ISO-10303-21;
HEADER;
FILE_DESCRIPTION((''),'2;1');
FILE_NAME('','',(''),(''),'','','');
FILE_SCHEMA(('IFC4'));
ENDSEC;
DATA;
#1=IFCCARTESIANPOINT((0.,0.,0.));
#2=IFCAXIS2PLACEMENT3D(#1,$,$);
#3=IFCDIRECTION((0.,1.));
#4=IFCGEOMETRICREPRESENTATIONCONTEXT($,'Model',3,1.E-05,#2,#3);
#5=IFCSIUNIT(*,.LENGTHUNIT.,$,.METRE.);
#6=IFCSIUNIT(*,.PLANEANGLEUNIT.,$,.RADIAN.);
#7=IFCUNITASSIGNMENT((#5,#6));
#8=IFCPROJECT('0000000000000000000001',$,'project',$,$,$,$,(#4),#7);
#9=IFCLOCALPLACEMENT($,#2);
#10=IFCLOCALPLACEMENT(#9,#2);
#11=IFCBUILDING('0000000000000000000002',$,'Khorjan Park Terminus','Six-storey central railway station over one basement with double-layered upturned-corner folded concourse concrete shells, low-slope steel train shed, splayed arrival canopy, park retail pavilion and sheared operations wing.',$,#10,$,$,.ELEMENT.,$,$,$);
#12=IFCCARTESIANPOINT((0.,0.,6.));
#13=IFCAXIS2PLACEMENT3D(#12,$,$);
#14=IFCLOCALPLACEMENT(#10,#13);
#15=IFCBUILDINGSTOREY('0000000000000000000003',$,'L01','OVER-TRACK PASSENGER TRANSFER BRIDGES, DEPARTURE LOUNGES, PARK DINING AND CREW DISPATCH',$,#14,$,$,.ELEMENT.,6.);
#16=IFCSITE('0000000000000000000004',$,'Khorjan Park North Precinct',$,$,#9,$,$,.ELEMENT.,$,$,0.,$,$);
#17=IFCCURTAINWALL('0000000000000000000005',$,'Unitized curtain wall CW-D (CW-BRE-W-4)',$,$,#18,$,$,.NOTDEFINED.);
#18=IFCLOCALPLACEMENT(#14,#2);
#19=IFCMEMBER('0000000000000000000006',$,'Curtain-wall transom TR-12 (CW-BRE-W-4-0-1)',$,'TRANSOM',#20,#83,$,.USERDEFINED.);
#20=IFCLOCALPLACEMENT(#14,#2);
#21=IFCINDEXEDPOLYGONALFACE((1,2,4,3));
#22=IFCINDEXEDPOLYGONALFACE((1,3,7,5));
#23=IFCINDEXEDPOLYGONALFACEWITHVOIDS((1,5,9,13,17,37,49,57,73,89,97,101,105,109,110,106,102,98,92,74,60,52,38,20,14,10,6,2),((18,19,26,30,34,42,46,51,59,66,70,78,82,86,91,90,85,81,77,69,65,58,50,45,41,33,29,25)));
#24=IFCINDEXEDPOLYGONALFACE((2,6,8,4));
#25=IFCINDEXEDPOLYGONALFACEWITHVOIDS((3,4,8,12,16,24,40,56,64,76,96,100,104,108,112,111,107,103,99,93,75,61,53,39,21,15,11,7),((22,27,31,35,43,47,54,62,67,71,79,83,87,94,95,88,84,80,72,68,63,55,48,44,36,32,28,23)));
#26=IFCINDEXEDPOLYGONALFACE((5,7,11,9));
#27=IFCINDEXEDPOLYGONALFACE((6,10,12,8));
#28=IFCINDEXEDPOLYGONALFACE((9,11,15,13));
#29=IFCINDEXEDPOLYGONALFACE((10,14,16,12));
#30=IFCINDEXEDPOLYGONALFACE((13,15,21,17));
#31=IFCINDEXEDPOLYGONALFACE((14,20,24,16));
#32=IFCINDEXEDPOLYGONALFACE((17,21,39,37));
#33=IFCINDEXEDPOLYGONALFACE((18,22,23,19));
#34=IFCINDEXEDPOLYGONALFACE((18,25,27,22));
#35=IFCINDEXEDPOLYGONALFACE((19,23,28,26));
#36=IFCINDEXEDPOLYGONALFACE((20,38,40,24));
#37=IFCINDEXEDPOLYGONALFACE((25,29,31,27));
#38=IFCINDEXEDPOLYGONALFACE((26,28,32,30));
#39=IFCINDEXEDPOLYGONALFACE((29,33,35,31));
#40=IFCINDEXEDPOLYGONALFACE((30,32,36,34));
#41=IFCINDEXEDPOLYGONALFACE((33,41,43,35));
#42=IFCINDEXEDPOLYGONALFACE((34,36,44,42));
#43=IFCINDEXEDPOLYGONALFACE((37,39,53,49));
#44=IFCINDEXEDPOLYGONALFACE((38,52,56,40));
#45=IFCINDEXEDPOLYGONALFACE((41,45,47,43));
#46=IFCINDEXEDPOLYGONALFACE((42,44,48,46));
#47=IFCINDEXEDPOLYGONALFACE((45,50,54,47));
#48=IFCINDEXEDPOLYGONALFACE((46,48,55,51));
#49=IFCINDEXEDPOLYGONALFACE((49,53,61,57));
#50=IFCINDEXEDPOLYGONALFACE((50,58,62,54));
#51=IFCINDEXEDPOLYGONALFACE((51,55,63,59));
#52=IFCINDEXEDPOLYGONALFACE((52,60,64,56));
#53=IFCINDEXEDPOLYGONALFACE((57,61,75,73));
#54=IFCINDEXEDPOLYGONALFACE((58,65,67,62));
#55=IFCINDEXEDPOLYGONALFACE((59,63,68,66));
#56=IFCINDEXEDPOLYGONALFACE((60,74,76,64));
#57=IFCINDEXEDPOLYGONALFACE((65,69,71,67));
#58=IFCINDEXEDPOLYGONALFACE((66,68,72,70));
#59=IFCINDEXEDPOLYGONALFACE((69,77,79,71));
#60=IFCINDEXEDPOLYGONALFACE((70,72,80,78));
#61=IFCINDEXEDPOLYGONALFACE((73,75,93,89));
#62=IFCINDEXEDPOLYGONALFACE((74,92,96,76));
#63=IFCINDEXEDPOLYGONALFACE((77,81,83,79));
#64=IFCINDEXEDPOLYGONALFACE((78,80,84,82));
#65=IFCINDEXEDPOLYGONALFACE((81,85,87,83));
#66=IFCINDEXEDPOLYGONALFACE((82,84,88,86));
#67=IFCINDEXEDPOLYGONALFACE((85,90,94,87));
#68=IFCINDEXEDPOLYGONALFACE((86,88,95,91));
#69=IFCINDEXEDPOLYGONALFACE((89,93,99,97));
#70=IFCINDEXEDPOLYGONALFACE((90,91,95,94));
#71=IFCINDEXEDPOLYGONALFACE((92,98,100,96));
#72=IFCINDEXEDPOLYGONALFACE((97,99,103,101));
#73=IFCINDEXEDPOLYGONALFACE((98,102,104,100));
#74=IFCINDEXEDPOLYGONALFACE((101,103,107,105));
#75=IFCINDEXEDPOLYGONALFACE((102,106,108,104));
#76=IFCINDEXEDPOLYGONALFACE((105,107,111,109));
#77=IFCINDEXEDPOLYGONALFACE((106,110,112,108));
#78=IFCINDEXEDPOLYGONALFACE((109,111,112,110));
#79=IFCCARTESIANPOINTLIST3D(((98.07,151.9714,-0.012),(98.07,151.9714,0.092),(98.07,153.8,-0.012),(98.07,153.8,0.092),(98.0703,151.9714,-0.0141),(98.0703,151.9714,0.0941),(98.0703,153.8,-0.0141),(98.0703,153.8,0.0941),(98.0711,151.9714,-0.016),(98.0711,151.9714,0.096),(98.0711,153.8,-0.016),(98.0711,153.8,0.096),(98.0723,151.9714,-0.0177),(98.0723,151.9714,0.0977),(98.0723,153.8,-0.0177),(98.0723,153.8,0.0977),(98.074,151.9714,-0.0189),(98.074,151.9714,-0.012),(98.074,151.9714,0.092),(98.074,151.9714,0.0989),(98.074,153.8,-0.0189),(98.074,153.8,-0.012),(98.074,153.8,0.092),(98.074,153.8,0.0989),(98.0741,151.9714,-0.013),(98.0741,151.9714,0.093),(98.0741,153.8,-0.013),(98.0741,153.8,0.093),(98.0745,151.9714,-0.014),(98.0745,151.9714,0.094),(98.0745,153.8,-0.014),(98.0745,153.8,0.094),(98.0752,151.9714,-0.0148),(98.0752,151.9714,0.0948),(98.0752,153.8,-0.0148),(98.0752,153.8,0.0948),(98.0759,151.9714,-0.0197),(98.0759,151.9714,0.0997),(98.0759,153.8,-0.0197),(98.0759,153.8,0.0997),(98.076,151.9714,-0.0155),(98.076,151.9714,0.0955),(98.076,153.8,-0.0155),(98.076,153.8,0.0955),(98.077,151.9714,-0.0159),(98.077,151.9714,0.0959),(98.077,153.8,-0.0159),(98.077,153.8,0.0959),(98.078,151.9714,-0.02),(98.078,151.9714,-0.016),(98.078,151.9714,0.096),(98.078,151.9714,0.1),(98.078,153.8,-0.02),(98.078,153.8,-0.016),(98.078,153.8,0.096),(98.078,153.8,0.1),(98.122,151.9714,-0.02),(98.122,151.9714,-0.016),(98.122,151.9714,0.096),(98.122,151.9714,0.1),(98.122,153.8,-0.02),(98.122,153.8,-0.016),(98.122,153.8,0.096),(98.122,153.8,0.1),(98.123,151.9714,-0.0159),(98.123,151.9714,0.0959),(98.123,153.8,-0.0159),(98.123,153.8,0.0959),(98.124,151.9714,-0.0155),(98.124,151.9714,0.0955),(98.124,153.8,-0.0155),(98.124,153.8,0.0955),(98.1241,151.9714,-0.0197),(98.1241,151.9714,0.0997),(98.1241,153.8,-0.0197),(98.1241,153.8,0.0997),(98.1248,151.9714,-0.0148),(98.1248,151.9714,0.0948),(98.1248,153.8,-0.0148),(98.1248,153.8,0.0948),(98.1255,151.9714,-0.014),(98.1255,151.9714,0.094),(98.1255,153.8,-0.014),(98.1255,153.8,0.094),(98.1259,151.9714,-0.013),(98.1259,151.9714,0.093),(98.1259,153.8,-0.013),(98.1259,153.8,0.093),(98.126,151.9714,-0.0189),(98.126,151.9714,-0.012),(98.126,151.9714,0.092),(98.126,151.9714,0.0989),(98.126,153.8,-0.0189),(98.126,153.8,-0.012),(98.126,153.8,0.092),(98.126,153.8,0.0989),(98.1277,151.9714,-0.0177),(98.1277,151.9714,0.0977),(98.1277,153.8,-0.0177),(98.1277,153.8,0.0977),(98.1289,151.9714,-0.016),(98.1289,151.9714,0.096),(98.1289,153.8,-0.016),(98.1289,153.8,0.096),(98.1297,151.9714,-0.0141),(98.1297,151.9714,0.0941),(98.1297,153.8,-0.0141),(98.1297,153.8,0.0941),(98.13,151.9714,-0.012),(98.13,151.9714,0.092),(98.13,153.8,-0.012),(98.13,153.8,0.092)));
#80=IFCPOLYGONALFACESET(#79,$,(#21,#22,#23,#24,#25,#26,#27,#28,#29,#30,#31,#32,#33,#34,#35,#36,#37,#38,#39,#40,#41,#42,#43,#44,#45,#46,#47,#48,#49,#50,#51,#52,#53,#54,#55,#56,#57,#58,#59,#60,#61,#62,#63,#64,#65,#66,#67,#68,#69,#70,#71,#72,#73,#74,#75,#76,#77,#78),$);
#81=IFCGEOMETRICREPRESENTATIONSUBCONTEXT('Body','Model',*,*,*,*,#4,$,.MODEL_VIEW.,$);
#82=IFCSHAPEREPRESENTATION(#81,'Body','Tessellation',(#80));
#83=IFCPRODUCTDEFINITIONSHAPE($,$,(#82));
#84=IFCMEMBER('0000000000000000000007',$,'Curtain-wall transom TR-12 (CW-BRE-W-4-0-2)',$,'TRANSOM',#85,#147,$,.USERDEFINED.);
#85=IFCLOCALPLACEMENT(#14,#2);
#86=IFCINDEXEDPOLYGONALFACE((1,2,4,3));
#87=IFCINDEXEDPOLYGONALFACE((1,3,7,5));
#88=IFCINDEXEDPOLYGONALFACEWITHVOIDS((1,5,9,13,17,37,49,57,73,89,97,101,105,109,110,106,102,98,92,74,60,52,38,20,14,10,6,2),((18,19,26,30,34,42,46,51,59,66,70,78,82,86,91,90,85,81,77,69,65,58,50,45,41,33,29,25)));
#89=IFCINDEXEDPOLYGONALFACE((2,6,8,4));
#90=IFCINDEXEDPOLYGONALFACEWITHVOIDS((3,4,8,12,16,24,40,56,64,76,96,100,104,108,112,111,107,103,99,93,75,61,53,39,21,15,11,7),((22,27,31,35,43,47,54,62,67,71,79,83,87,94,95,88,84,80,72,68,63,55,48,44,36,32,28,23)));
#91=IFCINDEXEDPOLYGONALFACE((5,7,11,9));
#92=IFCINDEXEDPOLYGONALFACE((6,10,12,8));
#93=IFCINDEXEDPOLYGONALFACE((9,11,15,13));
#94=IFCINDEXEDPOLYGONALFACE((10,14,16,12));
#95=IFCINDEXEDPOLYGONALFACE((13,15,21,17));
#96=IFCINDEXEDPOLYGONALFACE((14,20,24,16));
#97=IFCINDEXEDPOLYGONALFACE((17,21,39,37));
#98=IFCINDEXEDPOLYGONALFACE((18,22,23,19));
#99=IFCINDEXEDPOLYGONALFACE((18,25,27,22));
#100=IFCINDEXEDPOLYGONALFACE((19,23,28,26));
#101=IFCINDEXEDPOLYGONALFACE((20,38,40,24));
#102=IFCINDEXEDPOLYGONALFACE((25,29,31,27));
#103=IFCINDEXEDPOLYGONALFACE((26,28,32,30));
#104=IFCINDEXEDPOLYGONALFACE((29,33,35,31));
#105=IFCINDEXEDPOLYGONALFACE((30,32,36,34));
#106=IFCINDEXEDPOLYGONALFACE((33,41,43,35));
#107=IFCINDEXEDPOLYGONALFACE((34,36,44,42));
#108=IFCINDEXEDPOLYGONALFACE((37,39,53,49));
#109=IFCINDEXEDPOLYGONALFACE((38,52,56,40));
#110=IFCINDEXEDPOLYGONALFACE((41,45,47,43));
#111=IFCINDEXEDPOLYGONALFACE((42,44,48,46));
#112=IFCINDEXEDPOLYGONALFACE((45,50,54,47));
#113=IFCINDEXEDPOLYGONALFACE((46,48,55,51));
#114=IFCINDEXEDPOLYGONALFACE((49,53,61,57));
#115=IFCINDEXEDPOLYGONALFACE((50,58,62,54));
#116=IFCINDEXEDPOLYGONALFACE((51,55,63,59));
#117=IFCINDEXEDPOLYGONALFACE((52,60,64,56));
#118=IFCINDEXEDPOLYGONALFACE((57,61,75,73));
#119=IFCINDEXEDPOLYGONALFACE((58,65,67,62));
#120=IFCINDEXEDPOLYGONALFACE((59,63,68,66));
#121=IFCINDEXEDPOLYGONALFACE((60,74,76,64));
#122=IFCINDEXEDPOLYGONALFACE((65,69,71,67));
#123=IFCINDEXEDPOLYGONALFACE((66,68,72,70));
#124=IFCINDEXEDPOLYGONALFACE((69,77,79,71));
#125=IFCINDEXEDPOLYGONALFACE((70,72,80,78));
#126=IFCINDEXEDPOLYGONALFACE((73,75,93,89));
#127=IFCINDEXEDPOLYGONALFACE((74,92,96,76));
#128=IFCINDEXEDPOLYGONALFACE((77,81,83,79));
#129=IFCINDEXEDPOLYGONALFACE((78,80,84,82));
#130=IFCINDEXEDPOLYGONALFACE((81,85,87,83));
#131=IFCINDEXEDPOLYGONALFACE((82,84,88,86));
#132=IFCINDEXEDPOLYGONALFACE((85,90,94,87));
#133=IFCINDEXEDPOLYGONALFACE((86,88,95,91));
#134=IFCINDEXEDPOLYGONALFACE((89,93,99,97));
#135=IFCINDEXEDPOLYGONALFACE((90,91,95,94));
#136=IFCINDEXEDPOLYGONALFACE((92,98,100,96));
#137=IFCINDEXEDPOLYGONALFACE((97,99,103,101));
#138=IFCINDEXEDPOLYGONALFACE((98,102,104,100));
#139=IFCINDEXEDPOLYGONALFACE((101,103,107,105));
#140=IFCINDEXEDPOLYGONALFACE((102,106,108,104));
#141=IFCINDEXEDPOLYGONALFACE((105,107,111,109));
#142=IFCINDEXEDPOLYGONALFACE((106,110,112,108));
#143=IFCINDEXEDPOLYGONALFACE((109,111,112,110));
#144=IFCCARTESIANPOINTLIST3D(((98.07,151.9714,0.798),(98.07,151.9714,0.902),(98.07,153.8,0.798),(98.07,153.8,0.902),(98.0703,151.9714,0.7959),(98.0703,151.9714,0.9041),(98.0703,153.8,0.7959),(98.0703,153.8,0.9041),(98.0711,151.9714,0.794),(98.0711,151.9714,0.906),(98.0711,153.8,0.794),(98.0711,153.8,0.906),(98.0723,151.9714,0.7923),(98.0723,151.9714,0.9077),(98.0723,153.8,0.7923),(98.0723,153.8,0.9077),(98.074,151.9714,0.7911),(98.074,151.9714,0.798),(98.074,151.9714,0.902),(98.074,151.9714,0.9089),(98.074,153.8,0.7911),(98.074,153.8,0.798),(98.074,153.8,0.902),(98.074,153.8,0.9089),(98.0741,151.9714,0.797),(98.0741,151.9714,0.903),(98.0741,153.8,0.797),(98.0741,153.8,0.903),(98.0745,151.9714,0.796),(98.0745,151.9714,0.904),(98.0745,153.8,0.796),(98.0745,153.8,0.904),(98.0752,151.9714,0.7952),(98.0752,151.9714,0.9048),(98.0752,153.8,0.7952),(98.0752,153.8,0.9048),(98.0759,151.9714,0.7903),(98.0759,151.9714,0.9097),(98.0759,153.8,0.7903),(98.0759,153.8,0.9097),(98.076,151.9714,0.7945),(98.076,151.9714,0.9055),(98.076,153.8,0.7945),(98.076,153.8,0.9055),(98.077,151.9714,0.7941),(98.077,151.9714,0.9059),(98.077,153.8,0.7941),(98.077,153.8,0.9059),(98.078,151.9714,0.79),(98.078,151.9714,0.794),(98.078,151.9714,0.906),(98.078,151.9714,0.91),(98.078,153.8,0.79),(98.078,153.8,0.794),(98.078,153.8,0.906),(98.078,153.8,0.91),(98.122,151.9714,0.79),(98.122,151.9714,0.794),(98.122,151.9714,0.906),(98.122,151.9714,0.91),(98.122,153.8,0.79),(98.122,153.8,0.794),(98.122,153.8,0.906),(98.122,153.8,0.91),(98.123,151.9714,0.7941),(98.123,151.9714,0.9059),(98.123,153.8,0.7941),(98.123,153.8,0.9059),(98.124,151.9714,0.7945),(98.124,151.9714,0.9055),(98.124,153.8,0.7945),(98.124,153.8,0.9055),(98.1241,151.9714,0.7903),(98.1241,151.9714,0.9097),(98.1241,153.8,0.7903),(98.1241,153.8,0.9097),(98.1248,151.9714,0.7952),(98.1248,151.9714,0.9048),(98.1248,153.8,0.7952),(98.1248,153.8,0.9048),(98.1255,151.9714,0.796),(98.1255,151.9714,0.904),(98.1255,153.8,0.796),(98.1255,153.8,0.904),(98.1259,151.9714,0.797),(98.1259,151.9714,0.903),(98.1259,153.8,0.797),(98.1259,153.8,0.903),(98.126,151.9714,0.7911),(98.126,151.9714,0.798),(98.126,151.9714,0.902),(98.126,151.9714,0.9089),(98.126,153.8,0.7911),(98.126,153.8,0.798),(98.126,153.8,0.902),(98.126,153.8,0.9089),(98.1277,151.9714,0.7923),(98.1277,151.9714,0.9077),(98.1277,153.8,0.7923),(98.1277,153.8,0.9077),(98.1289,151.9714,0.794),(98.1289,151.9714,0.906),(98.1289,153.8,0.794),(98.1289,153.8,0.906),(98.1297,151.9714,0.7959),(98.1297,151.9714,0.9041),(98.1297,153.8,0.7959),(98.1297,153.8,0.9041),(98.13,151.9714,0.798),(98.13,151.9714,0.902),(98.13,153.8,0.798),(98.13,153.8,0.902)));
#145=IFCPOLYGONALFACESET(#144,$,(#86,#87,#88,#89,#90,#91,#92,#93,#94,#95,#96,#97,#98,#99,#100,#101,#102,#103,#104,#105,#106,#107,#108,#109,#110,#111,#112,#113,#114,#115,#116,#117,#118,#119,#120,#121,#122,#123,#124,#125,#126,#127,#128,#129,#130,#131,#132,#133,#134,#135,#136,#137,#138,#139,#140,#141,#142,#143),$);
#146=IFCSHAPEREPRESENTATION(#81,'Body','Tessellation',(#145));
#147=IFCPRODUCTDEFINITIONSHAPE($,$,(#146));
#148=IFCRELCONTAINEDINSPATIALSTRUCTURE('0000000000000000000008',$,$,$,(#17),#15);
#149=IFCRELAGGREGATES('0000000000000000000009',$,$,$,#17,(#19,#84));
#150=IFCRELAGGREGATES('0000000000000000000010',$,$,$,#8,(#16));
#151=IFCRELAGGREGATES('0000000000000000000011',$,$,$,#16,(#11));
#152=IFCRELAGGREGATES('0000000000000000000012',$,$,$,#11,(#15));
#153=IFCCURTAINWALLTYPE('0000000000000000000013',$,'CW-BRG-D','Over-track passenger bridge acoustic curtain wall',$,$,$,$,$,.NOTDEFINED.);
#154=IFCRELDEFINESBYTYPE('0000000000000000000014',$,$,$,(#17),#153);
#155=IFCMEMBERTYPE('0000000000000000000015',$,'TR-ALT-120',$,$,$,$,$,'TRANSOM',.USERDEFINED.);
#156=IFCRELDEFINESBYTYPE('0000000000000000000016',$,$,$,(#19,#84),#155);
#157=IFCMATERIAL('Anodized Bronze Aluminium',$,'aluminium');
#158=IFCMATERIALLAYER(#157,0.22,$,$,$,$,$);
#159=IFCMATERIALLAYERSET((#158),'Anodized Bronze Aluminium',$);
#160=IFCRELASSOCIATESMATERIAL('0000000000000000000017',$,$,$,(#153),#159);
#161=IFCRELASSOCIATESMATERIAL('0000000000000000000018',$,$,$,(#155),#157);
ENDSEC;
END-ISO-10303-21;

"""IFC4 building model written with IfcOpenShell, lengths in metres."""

from ifc_helpers import new_model, si_unit, direction, frame, origin, origin_2d, place, context, subcontext, project, spatial, hollow_rectangle, extrude, material, layer, layer_set, material_profile, profile_set, type_object, element, aggregate, save


model = new_model("IFC4")

# Units and contexts
model_context = context("Model", 3, precision=1e-05, world=origin(), true_north=direction((0.0, 1.0)))
body_context = subcontext(model_context, "Body", "Model", "MODEL_VIEW")
ifc_project = project(units=[si_unit("LENGTHUNIT", "METRE"), si_unit("PLANEANGLEUNIT", "RADIAN")], contexts=[model_context])

# Site, building, storey
site_placement = place(None, origin())
site = spatial("IfcSite", under=ifc_project, at=site_placement, Name="Khorjan Park North Precinct", CompositionType="ELEMENT", RefElevation=0.0)
building_placement = place(site_placement, origin())
building = spatial("IfcBuilding", under=site, at=building_placement, Name="Khorjan Park Terminus", Description="Six-storey central railway station over one basement with double-layered upturned-corner folded concourse concrete shells, low-slope steel train shed, splayed arrival canopy, park retail pavilion and sheared operations wing.", CompositionType="ELEMENT")
storey_placement = place(building_placement, frame((0.0, 0.0, 6.0)))
storey = spatial("IfcBuildingStorey", under=building, at=storey_placement, Name="L01", Description="OVER-TRACK PASSENGER TRANSFER BRIDGES, DEPARTURE LOUNGES, PARK DINING AND CREW DISPATCH", CompositionType="ELEMENT", Elevation=6.0)

# Curtain wall, members
ifc_material_1 = material(Name="Anodized Bronze Aluminium", Category="aluminium")
ifc_layer_1 = layer(ifc_material_1, 0.22)
ifc_layer_set_1 = layer_set([ifc_layer_1], Name="Anodized Bronze Aluminium")
curtain_wall_type = type_object("IfcCurtainWallType", Name="CW-BRG-D", Description="Over-track passenger bridge acoustic curtain wall", PredefinedType="NOTDEFINED", material=ifc_layer_set_1)
curtain_wall_1_placement = place(storey_placement, origin())
curtain_wall_1 = element("IfcCurtainWall", 1, at=curtain_wall_1_placement, inside=storey, type_object=curtain_wall_type, Name="Unitized curtain wall CW-D (CW-BRE-W-4)", PredefinedType="NOTDEFINED")
ifc_material_profile_1 = material_profile(ifc_material_1, hollow_rectangle(XDim=0.06, YDim=0.12, WallThickness=0.004, InnerFilletRadius=0.004, OuterFilletRadius=0.008, at=origin_2d()), Name="ALT 60x120x4")
ifc_profile_set_1 = profile_set([ifc_material_profile_1], Name="Anodized Bronze Aluminium")
member_type_1 = type_object("IfcMemberType", Name="TR-ALT-120", ElementType="TRANSOM", PredefinedType="USERDEFINED", material=ifc_profile_set_1)
member_1_placement = place(storey_placement, frame((98.1, 153.8, 0.04), z_axis=(0.0, -1.0, 0.0), x_axis=(1.0, 0.0, 0.0)))
member_1 = element("IfcMember", 2, at=member_1_placement, type_object=member_type_1, Name="Curtain-wall transom TR-12 (CW-BRE-W-4-0-1)", ObjectType="TRANSOM", PredefinedType="USERDEFINED", context=body_context, shape_type="SweptSolid", body=[
    extrude(hollow_rectangle(XDim=0.06, YDim=0.12, WallThickness=0.004, InnerFilletRadius=0.004, OuterFilletRadius=0.008, at=origin_2d()), origin(), (0.0, 0.0, 1.0), 1.8286),
])
member_2_placement = place(storey_placement, frame((98.1, 153.8, 0.85), z_axis=(0.0, -1.0, 0.0), x_axis=(1.0, 0.0, 0.0)))
member_2 = element("IfcMember", 3, at=member_2_placement, type_object=member_type_1, Name="Curtain-wall transom TR-12 (CW-BRE-W-4-0-2)", ObjectType="TRANSOM", PredefinedType="USERDEFINED", context=body_context, shape_type="SweptSolid", body=[
    extrude(hollow_rectangle(XDim=0.06, YDim=0.12, WallThickness=0.004, InnerFilletRadius=0.004, OuterFilletRadius=0.008, at=origin_2d()), origin(), (0.0, 0.0, 1.0), 1.8286),
])

aggregate(curtain_wall_1, [member_1, member_2])

save(model, "model.ifc")
